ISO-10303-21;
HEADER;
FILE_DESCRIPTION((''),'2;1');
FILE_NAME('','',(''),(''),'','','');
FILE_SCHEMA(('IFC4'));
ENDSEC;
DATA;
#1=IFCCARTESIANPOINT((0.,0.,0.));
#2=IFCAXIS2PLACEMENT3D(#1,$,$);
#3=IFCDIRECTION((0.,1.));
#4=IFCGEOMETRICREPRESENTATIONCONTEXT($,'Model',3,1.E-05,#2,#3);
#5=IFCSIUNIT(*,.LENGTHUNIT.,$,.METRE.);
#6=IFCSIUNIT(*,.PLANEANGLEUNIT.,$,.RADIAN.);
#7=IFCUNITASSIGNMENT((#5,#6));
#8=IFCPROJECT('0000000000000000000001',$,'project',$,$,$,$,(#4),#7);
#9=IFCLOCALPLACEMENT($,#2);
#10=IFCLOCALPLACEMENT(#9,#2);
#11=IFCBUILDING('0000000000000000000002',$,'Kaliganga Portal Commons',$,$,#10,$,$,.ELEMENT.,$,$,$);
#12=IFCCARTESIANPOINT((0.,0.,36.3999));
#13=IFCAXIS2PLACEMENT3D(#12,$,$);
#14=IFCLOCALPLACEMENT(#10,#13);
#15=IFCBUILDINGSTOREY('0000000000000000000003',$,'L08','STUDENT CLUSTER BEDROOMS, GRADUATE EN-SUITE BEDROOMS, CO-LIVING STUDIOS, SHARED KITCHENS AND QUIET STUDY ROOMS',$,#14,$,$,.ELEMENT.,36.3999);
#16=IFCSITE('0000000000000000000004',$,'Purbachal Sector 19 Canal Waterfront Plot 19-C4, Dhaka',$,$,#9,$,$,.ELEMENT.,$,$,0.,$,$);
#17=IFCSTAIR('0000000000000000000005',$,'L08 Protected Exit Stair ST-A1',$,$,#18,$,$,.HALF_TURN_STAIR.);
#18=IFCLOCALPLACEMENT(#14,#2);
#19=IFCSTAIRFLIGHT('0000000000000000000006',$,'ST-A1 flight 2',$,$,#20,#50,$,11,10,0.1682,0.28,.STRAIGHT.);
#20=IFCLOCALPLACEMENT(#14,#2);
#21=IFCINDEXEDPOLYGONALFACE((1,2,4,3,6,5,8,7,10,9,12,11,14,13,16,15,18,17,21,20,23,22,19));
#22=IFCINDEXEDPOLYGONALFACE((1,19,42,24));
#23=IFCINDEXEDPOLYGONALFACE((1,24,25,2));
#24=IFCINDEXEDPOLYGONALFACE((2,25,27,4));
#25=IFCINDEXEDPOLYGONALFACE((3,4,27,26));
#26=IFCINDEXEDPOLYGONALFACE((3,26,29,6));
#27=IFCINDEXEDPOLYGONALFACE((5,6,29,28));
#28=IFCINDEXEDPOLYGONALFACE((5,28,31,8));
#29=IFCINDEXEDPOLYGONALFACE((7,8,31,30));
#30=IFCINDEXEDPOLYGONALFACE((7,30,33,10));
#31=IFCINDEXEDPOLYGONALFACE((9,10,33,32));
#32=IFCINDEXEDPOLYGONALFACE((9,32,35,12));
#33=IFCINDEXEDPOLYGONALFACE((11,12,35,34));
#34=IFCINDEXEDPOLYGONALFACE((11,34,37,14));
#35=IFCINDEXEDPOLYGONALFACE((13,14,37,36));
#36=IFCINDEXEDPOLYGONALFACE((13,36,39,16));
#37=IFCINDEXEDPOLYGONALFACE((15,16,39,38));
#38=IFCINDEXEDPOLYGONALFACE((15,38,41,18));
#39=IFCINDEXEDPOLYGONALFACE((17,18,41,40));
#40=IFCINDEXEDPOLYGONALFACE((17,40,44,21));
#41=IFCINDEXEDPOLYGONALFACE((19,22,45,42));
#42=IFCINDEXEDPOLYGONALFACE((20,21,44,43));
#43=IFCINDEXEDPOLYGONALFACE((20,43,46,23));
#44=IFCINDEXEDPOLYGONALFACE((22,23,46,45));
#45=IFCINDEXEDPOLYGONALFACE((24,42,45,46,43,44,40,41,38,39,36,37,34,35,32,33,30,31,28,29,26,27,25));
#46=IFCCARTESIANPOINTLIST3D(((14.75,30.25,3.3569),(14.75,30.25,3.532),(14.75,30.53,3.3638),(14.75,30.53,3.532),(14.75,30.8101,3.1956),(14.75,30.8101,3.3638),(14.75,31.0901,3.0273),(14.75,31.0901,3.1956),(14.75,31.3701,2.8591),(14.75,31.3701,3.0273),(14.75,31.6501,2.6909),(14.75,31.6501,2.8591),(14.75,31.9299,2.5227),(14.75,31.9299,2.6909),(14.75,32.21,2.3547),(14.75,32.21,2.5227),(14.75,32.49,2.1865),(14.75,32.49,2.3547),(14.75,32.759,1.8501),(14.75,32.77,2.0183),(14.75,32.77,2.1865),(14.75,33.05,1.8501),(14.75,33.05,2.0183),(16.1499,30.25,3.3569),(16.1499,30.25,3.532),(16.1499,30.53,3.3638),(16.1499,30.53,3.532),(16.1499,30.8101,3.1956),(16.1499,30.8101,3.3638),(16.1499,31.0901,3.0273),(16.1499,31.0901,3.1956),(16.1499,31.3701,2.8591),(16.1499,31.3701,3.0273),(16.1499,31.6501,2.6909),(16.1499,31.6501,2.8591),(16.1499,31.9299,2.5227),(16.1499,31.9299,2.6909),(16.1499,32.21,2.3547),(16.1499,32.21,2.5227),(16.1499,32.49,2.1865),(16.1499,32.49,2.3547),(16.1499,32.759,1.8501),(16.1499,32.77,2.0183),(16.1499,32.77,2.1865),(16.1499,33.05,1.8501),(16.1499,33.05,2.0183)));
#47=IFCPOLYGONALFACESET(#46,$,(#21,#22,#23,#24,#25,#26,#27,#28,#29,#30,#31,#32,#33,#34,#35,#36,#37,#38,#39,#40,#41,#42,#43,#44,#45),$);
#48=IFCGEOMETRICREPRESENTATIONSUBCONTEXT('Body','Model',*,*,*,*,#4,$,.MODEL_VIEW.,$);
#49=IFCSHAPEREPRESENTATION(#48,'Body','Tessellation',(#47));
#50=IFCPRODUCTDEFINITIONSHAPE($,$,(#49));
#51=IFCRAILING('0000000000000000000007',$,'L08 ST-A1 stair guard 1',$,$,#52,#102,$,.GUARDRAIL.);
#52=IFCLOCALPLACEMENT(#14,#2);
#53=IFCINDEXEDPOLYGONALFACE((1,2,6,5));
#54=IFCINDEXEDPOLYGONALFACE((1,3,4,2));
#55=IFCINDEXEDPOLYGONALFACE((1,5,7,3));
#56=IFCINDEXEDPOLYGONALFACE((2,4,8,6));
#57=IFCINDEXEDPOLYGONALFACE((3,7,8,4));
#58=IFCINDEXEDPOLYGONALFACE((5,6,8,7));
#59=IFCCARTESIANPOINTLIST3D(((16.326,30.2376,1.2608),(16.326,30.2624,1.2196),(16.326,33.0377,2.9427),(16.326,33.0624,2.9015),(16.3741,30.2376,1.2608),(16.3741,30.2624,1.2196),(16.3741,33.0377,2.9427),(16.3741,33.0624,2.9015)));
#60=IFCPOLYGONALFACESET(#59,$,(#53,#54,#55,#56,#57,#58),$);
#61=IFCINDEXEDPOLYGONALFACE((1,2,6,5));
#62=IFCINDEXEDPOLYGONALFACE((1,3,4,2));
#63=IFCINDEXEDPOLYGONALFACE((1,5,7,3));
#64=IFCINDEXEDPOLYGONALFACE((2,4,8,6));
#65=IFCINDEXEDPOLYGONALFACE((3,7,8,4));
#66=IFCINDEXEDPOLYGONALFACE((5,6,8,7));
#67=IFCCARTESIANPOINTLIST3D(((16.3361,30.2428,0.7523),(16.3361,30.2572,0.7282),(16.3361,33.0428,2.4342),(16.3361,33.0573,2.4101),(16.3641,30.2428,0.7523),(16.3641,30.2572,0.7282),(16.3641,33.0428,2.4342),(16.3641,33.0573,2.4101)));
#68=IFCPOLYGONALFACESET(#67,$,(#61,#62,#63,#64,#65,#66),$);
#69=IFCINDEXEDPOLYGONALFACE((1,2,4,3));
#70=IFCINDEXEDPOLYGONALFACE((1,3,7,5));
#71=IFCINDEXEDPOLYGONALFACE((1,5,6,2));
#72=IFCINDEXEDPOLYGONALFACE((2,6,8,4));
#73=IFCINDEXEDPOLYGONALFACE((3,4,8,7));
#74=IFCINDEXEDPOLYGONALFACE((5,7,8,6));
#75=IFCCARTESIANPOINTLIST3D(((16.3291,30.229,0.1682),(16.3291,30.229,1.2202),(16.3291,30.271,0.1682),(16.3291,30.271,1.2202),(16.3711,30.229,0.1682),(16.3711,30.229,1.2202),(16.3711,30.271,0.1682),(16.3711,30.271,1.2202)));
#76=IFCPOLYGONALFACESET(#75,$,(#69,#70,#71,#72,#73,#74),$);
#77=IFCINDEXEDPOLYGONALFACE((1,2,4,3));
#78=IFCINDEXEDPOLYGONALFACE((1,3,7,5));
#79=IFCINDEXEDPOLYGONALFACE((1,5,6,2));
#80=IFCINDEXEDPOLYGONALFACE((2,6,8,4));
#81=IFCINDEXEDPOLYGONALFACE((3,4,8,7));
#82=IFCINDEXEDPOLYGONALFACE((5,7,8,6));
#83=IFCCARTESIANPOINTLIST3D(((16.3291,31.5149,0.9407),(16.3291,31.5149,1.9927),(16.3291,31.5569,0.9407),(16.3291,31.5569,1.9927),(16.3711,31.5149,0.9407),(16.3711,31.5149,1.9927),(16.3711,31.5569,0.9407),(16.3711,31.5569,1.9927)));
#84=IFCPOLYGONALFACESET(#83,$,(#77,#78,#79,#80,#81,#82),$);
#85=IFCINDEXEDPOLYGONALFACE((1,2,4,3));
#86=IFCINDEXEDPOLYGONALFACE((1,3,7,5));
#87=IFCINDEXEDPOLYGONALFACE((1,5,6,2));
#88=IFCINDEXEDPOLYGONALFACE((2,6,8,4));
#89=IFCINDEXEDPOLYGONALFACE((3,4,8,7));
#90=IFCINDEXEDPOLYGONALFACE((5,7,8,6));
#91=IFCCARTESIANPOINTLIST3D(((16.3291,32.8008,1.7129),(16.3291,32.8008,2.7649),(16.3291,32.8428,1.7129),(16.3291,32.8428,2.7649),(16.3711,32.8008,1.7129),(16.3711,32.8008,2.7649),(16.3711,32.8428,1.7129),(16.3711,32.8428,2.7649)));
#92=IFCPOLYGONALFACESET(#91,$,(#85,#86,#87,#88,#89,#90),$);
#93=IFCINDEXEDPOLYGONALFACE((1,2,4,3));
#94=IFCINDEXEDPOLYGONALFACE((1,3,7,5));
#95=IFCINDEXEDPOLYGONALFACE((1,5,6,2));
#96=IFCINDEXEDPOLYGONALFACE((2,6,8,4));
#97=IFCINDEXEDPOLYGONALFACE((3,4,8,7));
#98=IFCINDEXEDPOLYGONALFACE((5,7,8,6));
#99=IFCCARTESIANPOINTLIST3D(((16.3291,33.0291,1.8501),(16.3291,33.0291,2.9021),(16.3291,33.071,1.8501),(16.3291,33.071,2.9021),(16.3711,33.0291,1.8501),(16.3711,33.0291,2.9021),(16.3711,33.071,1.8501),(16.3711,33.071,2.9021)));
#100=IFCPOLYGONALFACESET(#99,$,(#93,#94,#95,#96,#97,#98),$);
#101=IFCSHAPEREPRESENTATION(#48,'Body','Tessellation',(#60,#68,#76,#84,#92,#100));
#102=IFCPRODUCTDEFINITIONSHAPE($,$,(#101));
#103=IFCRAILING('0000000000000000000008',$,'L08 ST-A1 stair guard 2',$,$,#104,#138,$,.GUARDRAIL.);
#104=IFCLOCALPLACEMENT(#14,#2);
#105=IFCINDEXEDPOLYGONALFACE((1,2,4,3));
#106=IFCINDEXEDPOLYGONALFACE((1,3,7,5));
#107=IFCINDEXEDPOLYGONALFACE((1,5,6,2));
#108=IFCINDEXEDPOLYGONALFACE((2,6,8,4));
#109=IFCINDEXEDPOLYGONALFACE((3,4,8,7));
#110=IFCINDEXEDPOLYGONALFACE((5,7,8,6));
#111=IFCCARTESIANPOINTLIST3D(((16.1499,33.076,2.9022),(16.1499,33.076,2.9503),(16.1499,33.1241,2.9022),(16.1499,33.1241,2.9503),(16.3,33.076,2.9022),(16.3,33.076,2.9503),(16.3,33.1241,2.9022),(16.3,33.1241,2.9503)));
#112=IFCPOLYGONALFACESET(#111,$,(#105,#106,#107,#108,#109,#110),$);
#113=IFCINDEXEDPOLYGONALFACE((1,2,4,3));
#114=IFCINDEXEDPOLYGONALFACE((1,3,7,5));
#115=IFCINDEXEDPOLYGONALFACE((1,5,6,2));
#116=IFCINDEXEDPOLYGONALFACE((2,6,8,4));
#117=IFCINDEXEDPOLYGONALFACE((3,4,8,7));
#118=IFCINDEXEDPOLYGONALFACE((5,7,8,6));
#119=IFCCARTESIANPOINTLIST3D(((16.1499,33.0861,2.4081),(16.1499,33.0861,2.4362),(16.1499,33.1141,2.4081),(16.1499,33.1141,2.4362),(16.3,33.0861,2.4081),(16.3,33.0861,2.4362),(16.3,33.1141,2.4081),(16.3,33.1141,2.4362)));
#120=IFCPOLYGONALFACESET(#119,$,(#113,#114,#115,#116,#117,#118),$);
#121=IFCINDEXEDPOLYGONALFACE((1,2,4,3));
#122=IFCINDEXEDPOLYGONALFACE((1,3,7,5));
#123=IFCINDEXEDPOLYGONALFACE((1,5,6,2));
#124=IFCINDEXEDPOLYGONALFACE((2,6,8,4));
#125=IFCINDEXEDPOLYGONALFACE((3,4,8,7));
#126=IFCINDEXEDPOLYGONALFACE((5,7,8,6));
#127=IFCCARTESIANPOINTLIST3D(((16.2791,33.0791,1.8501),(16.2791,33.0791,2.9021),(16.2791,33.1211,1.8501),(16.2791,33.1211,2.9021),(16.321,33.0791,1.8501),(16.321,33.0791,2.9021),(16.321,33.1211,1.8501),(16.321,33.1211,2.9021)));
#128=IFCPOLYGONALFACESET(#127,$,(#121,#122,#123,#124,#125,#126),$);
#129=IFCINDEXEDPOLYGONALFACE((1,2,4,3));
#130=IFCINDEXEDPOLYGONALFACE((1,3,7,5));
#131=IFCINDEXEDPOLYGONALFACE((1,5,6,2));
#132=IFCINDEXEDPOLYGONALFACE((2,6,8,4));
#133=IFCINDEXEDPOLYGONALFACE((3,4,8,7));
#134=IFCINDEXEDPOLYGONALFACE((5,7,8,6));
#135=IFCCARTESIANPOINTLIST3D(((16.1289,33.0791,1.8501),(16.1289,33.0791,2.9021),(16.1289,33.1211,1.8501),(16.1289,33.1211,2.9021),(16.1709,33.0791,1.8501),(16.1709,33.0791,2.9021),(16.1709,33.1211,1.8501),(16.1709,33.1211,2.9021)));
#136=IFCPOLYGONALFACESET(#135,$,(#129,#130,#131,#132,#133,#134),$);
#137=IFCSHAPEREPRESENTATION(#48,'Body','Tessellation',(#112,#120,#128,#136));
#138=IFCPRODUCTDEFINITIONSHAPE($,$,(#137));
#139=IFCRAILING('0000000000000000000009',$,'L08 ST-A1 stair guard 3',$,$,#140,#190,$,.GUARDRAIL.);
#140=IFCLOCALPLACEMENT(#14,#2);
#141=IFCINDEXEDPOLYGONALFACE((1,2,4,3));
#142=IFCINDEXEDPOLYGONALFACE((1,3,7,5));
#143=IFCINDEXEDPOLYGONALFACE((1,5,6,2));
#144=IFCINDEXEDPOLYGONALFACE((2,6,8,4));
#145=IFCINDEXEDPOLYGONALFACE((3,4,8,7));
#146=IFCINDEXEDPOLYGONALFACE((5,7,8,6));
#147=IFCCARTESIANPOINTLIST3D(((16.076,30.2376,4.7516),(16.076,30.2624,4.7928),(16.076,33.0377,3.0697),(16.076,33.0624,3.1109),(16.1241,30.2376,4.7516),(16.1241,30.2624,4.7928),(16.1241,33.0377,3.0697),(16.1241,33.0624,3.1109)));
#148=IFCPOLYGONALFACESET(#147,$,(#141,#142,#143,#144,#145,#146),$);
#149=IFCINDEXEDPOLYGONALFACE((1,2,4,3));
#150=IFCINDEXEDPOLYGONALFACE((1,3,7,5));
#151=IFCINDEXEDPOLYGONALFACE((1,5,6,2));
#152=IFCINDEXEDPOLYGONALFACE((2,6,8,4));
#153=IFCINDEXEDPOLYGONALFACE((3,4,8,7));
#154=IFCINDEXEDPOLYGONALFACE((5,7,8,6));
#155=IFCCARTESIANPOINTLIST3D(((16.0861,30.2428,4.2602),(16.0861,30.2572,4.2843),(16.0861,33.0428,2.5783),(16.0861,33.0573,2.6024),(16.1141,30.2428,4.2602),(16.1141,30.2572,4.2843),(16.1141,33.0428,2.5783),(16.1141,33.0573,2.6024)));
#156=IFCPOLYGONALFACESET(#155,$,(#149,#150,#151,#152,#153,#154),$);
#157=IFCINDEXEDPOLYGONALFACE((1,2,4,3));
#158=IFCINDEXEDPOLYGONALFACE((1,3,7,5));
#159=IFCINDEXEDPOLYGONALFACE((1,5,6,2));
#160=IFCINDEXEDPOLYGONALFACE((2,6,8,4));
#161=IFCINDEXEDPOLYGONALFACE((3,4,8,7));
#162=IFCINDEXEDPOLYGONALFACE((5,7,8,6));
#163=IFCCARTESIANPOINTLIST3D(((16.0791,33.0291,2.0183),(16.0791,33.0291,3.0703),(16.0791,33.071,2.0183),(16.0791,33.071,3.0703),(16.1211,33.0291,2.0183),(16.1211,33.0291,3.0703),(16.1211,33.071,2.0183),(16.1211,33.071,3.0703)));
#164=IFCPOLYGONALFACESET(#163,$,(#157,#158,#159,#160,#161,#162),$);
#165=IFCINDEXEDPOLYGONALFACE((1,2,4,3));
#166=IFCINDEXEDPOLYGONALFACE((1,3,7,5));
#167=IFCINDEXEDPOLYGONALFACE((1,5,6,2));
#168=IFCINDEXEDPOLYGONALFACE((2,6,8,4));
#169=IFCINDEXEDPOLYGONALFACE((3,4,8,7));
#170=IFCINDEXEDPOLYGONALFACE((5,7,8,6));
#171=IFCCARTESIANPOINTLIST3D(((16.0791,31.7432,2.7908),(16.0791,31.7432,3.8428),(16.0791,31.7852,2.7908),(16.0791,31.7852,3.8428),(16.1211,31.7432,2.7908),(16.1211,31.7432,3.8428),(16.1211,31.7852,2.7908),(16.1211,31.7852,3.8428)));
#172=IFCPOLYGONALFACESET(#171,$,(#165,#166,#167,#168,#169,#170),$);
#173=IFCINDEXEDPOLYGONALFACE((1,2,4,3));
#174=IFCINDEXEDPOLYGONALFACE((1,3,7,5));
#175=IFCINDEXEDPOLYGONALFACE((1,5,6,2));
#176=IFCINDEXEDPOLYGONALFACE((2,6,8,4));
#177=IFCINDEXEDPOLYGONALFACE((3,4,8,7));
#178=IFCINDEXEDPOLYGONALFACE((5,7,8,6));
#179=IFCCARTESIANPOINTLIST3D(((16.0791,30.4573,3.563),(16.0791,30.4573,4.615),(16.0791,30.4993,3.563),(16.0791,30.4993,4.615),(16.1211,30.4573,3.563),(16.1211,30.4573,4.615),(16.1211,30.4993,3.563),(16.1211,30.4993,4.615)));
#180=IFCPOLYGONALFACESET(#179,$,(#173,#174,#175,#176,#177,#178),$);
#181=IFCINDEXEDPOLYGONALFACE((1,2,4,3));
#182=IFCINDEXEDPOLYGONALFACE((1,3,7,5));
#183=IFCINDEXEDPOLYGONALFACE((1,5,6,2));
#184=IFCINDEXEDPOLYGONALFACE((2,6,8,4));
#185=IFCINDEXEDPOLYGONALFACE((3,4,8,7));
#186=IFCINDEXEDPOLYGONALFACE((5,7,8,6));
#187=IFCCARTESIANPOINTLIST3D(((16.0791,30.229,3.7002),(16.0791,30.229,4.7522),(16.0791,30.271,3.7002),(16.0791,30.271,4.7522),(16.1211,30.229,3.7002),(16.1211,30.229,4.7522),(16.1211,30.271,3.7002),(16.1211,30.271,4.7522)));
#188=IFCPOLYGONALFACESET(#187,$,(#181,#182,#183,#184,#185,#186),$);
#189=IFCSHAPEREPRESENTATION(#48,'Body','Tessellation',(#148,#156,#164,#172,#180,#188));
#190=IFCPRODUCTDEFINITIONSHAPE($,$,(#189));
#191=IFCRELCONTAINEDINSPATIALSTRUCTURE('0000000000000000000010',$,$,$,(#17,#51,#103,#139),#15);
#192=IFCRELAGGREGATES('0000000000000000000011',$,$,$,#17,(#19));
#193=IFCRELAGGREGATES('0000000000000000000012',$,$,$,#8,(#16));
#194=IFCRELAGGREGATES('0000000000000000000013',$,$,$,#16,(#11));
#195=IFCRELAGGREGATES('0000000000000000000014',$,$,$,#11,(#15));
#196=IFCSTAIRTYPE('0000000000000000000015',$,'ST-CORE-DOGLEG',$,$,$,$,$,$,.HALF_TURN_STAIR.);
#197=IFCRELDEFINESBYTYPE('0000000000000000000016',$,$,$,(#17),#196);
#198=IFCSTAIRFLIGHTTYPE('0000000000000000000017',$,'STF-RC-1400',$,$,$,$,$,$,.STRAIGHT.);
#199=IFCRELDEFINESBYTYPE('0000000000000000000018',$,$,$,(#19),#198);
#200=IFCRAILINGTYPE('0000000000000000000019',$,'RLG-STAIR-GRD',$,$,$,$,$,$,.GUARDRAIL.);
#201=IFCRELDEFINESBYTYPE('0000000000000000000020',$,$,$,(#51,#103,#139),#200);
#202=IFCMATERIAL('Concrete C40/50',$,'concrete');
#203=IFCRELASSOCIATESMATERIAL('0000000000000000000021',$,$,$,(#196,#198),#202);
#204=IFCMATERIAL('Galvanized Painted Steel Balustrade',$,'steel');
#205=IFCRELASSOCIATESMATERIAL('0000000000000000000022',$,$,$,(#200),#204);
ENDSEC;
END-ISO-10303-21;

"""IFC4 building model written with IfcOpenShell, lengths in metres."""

from ifc_helpers import new_model, si_unit, direction, frame, origin, origin_2d, place, context, subcontext, project, spatial, polyline, rectangle, outline, extrude, material, type_object, element, aggregate, save


model = new_model("IFC4")

# Units and contexts
model_context = context("Model", 3, precision=1e-05, world=origin(), true_north=direction((0.0, 1.0)))
body_context = subcontext(model_context, "Body", "Model", "MODEL_VIEW")
ifc_project = project(units=[si_unit("LENGTHUNIT", "METRE"), si_unit("PLANEANGLEUNIT", "RADIAN")], contexts=[model_context])

# Site, building, storey
site_placement = place(None, origin())
site = spatial("IfcSite", under=ifc_project, at=site_placement, Name="Purbachal Sector 19 Canal Waterfront Plot 19-C4, Dhaka", CompositionType="ELEMENT", RefElevation=0.0)
building_placement = place(site_placement, origin())
building = spatial("IfcBuilding", under=site, at=building_placement, Name="Kaliganga Portal Commons", CompositionType="ELEMENT")
storey_placement = place(building_placement, frame((0.0, 0.0, 36.3999)))
storey = spatial("IfcBuildingStorey", under=building, at=storey_placement, Name="L08", Description="STUDENT CLUSTER BEDROOMS, GRADUATE EN-SUITE BEDROOMS, CO-LIVING STUDIOS, SHARED KITCHENS AND QUIET STUDY ROOMS", CompositionType="ELEMENT", Elevation=36.3999)

# Stair, stair flight
ifc_material_1 = material(Name="Concrete C40/50", Category="concrete")
stair_type = type_object("IfcStairType", Name="ST-CORE-DOGLEG", PredefinedType="HALF_TURN_STAIR", material=ifc_material_1)
stair_placement = place(storey_placement, origin())
stair = element("IfcStair", 1, at=stair_placement, inside=storey, type_object=stair_type, Name="L08 Protected Exit Stair ST-A1", PredefinedType="HALF_TURN_STAIR")
stair_flight_type = type_object("IfcStairFlightType", Name="STF-RC-1400", PredefinedType="STRAIGHT", material=ifc_material_1)
stair_flight_1_placement = place(storey_placement, frame((15.45, 33.05, 1.8501), z_axis=(0.0, 0.0, 1.0), x_axis=(0.0, -1.0, 0.0)))
stair_flight_1 = element("IfcStairFlight", 2, at=stair_flight_1_placement, type_object=stair_flight_type, Name="ST-A1 flight 2", NumberOfRisers=11, NumberOfTreads=10, PredefinedType="STRAIGHT", RiserHeight=0.1682, TreadLength=0.28, context=body_context, shape_type="SweptSolid", body=[
    extrude(outline(polyline([(0.0, 0.0), (0.0, 0.1682), (0.28, 0.1682), (0.28, 0.3364), (0.5601, 0.3364), (0.5601, 0.5046), (0.8401, 0.5046), (0.8401, 0.6726), (1.1201, 0.6726), (1.1201, 0.8408), (1.3999, 0.8408), (1.3999, 1.009), (1.6799, 1.009), (1.6799, 1.1772), (1.96, 1.1772), (1.96, 1.3455), (2.24, 1.3455), (2.24, 1.5137), (2.52, 1.5137), (2.52, 1.6819), (2.8, 1.6819), (2.8, 1.8501), (2.8, 1.5068), (0.291, 0.0), (0.0, 0.0)])), frame((0.0, 0.7, 0.0), z_axis=(0.0, -1.0, 0.0), x_axis=(1.0, 0.0, 0.0)), (0.0, 0.0, 1.0), 1.3999),
])
aggregate(stair, [stair_flight_1])

# Railings
ifc_material_2 = material(Name="Galvanized Painted Steel Balustrade", Category="steel")
railing_type_1 = type_object("IfcRailingType", Name="RLG-STAIR-GRD", PredefinedType="GUARDRAIL", material=ifc_material_2)
railing_1_placement = place(storey_placement, frame((16.3501, 30.25, 0.1682)))
element("IfcRailing", 3, at=railing_1_placement, inside=storey, type_object=railing_type_1, Name="L08 ST-A1 stair guard 1", PredefinedType="GUARDRAIL", context=body_context, shape_type="SweptSolid", body=[
    extrude(rectangle(XDim=0.0481, YDim=0.0481, at=origin_2d()), frame((0.0, 0.0, 1.072), z_axis=(0.0, 0.857242, 0.514913), x_axis=(-1.0, 0.0, 0.0)), (0.0, 0.0, 1.0), 3.2664),
    extrude(rectangle(XDim=0.0281, YDim=0.0281, at=origin_2d()), frame((0.0, 0.0, 0.572), z_axis=(0.0, 0.857242, 0.514913), x_axis=(-1.0, 0.0, 0.0)), (0.0, 0.0, 1.0), 3.2664),
    extrude(rectangle(XDim=0.042, YDim=0.042, at=origin_2d()), origin(), (0.0, 0.0, 1.0), 1.052),
    extrude(rectangle(XDim=0.042, YDim=0.042, at=origin_2d()), frame((0.0, 1.2859, 0.7725)), (0.0, 0.0, 1.0), 1.052),
    extrude(rectangle(XDim=0.042, YDim=0.042, at=origin_2d()), frame((0.0, 2.5718, 1.5447)), (0.0, 0.0, 1.0), 1.052),
    extrude(rectangle(XDim=0.042, YDim=0.042, at=origin_2d()), frame((0.0, 2.8, 1.6819)), (0.0, 0.0, 1.0), 1.052),
])
railing_2_placement = place(storey_placement, frame((16.3, 33.1001, 1.8501)))
element("IfcRailing", 4, at=railing_2_placement, inside=storey, type_object=railing_type_1, Name="L08 ST-A1 stair guard 2", PredefinedType="GUARDRAIL", context=body_context, shape_type="SweptSolid", body=[
    extrude(rectangle(XDim=0.0481, YDim=0.0481, at=origin_2d()), frame((0.0, 0.0, 1.0762), z_axis=(-1.0, 0.0, 0.0), x_axis=(0.0, -1.0, 0.0)), (0.0, 0.0, 1.0), 0.1501),
    extrude(rectangle(XDim=0.0281, YDim=0.0281, at=origin_2d()), frame((0.0, 0.0, 0.572), z_axis=(-1.0, 0.0, 0.0), x_axis=(0.0, -1.0, 0.0)), (0.0, 0.0, 1.0), 0.1501),
    extrude(rectangle(XDim=0.042, YDim=0.042, at=origin_2d()), origin(), (0.0, 0.0, 1.0), 1.052),
    extrude(rectangle(XDim=0.042, YDim=0.042, at=origin_2d()), frame((-0.1501, 0.0, 0.0)), (0.0, 0.0, 1.0), 1.052),
])
railing_3_placement = place(storey_placement, frame((16.1001, 33.05, 2.0183)))
element("IfcRailing", 5, at=railing_3_placement, inside=storey, type_object=railing_type_1, Name="L08 ST-A1 stair guard 3", PredefinedType="GUARDRAIL", context=body_context, shape_type="SweptSolid", body=[
    extrude(rectangle(XDim=0.0481, YDim=0.0481, at=origin_2d()), frame((0.0, 0.0, 1.072), z_axis=(0.0, -0.857242, 0.514913), x_axis=(1.0, 0.0, 0.0)), (0.0, 0.0, 1.0), 3.2664),
    extrude(rectangle(XDim=0.0281, YDim=0.0281, at=origin_2d()), frame((0.0, 0.0, 0.572), z_axis=(0.0, -0.857242, 0.514913), x_axis=(1.0, 0.0, 0.0)), (0.0, 0.0, 1.0), 3.2664),
    extrude(rectangle(XDim=0.042, YDim=0.042, at=origin_2d()), origin(), (0.0, 0.0, 1.0), 1.052),
    extrude(rectangle(XDim=0.042, YDim=0.042, at=origin_2d()), frame((0.0, -1.2859, 0.7725)), (0.0, 0.0, 1.0), 1.052),
    extrude(rectangle(XDim=0.042, YDim=0.042, at=origin_2d()), frame((0.0, -2.5718, 1.5447)), (0.0, 0.0, 1.0), 1.052),
    extrude(rectangle(XDim=0.042, YDim=0.042, at=origin_2d()), frame((0.0, -2.8, 1.6819)), (0.0, 0.0, 1.0), 1.052),
])

save(model, "model.ifc")
